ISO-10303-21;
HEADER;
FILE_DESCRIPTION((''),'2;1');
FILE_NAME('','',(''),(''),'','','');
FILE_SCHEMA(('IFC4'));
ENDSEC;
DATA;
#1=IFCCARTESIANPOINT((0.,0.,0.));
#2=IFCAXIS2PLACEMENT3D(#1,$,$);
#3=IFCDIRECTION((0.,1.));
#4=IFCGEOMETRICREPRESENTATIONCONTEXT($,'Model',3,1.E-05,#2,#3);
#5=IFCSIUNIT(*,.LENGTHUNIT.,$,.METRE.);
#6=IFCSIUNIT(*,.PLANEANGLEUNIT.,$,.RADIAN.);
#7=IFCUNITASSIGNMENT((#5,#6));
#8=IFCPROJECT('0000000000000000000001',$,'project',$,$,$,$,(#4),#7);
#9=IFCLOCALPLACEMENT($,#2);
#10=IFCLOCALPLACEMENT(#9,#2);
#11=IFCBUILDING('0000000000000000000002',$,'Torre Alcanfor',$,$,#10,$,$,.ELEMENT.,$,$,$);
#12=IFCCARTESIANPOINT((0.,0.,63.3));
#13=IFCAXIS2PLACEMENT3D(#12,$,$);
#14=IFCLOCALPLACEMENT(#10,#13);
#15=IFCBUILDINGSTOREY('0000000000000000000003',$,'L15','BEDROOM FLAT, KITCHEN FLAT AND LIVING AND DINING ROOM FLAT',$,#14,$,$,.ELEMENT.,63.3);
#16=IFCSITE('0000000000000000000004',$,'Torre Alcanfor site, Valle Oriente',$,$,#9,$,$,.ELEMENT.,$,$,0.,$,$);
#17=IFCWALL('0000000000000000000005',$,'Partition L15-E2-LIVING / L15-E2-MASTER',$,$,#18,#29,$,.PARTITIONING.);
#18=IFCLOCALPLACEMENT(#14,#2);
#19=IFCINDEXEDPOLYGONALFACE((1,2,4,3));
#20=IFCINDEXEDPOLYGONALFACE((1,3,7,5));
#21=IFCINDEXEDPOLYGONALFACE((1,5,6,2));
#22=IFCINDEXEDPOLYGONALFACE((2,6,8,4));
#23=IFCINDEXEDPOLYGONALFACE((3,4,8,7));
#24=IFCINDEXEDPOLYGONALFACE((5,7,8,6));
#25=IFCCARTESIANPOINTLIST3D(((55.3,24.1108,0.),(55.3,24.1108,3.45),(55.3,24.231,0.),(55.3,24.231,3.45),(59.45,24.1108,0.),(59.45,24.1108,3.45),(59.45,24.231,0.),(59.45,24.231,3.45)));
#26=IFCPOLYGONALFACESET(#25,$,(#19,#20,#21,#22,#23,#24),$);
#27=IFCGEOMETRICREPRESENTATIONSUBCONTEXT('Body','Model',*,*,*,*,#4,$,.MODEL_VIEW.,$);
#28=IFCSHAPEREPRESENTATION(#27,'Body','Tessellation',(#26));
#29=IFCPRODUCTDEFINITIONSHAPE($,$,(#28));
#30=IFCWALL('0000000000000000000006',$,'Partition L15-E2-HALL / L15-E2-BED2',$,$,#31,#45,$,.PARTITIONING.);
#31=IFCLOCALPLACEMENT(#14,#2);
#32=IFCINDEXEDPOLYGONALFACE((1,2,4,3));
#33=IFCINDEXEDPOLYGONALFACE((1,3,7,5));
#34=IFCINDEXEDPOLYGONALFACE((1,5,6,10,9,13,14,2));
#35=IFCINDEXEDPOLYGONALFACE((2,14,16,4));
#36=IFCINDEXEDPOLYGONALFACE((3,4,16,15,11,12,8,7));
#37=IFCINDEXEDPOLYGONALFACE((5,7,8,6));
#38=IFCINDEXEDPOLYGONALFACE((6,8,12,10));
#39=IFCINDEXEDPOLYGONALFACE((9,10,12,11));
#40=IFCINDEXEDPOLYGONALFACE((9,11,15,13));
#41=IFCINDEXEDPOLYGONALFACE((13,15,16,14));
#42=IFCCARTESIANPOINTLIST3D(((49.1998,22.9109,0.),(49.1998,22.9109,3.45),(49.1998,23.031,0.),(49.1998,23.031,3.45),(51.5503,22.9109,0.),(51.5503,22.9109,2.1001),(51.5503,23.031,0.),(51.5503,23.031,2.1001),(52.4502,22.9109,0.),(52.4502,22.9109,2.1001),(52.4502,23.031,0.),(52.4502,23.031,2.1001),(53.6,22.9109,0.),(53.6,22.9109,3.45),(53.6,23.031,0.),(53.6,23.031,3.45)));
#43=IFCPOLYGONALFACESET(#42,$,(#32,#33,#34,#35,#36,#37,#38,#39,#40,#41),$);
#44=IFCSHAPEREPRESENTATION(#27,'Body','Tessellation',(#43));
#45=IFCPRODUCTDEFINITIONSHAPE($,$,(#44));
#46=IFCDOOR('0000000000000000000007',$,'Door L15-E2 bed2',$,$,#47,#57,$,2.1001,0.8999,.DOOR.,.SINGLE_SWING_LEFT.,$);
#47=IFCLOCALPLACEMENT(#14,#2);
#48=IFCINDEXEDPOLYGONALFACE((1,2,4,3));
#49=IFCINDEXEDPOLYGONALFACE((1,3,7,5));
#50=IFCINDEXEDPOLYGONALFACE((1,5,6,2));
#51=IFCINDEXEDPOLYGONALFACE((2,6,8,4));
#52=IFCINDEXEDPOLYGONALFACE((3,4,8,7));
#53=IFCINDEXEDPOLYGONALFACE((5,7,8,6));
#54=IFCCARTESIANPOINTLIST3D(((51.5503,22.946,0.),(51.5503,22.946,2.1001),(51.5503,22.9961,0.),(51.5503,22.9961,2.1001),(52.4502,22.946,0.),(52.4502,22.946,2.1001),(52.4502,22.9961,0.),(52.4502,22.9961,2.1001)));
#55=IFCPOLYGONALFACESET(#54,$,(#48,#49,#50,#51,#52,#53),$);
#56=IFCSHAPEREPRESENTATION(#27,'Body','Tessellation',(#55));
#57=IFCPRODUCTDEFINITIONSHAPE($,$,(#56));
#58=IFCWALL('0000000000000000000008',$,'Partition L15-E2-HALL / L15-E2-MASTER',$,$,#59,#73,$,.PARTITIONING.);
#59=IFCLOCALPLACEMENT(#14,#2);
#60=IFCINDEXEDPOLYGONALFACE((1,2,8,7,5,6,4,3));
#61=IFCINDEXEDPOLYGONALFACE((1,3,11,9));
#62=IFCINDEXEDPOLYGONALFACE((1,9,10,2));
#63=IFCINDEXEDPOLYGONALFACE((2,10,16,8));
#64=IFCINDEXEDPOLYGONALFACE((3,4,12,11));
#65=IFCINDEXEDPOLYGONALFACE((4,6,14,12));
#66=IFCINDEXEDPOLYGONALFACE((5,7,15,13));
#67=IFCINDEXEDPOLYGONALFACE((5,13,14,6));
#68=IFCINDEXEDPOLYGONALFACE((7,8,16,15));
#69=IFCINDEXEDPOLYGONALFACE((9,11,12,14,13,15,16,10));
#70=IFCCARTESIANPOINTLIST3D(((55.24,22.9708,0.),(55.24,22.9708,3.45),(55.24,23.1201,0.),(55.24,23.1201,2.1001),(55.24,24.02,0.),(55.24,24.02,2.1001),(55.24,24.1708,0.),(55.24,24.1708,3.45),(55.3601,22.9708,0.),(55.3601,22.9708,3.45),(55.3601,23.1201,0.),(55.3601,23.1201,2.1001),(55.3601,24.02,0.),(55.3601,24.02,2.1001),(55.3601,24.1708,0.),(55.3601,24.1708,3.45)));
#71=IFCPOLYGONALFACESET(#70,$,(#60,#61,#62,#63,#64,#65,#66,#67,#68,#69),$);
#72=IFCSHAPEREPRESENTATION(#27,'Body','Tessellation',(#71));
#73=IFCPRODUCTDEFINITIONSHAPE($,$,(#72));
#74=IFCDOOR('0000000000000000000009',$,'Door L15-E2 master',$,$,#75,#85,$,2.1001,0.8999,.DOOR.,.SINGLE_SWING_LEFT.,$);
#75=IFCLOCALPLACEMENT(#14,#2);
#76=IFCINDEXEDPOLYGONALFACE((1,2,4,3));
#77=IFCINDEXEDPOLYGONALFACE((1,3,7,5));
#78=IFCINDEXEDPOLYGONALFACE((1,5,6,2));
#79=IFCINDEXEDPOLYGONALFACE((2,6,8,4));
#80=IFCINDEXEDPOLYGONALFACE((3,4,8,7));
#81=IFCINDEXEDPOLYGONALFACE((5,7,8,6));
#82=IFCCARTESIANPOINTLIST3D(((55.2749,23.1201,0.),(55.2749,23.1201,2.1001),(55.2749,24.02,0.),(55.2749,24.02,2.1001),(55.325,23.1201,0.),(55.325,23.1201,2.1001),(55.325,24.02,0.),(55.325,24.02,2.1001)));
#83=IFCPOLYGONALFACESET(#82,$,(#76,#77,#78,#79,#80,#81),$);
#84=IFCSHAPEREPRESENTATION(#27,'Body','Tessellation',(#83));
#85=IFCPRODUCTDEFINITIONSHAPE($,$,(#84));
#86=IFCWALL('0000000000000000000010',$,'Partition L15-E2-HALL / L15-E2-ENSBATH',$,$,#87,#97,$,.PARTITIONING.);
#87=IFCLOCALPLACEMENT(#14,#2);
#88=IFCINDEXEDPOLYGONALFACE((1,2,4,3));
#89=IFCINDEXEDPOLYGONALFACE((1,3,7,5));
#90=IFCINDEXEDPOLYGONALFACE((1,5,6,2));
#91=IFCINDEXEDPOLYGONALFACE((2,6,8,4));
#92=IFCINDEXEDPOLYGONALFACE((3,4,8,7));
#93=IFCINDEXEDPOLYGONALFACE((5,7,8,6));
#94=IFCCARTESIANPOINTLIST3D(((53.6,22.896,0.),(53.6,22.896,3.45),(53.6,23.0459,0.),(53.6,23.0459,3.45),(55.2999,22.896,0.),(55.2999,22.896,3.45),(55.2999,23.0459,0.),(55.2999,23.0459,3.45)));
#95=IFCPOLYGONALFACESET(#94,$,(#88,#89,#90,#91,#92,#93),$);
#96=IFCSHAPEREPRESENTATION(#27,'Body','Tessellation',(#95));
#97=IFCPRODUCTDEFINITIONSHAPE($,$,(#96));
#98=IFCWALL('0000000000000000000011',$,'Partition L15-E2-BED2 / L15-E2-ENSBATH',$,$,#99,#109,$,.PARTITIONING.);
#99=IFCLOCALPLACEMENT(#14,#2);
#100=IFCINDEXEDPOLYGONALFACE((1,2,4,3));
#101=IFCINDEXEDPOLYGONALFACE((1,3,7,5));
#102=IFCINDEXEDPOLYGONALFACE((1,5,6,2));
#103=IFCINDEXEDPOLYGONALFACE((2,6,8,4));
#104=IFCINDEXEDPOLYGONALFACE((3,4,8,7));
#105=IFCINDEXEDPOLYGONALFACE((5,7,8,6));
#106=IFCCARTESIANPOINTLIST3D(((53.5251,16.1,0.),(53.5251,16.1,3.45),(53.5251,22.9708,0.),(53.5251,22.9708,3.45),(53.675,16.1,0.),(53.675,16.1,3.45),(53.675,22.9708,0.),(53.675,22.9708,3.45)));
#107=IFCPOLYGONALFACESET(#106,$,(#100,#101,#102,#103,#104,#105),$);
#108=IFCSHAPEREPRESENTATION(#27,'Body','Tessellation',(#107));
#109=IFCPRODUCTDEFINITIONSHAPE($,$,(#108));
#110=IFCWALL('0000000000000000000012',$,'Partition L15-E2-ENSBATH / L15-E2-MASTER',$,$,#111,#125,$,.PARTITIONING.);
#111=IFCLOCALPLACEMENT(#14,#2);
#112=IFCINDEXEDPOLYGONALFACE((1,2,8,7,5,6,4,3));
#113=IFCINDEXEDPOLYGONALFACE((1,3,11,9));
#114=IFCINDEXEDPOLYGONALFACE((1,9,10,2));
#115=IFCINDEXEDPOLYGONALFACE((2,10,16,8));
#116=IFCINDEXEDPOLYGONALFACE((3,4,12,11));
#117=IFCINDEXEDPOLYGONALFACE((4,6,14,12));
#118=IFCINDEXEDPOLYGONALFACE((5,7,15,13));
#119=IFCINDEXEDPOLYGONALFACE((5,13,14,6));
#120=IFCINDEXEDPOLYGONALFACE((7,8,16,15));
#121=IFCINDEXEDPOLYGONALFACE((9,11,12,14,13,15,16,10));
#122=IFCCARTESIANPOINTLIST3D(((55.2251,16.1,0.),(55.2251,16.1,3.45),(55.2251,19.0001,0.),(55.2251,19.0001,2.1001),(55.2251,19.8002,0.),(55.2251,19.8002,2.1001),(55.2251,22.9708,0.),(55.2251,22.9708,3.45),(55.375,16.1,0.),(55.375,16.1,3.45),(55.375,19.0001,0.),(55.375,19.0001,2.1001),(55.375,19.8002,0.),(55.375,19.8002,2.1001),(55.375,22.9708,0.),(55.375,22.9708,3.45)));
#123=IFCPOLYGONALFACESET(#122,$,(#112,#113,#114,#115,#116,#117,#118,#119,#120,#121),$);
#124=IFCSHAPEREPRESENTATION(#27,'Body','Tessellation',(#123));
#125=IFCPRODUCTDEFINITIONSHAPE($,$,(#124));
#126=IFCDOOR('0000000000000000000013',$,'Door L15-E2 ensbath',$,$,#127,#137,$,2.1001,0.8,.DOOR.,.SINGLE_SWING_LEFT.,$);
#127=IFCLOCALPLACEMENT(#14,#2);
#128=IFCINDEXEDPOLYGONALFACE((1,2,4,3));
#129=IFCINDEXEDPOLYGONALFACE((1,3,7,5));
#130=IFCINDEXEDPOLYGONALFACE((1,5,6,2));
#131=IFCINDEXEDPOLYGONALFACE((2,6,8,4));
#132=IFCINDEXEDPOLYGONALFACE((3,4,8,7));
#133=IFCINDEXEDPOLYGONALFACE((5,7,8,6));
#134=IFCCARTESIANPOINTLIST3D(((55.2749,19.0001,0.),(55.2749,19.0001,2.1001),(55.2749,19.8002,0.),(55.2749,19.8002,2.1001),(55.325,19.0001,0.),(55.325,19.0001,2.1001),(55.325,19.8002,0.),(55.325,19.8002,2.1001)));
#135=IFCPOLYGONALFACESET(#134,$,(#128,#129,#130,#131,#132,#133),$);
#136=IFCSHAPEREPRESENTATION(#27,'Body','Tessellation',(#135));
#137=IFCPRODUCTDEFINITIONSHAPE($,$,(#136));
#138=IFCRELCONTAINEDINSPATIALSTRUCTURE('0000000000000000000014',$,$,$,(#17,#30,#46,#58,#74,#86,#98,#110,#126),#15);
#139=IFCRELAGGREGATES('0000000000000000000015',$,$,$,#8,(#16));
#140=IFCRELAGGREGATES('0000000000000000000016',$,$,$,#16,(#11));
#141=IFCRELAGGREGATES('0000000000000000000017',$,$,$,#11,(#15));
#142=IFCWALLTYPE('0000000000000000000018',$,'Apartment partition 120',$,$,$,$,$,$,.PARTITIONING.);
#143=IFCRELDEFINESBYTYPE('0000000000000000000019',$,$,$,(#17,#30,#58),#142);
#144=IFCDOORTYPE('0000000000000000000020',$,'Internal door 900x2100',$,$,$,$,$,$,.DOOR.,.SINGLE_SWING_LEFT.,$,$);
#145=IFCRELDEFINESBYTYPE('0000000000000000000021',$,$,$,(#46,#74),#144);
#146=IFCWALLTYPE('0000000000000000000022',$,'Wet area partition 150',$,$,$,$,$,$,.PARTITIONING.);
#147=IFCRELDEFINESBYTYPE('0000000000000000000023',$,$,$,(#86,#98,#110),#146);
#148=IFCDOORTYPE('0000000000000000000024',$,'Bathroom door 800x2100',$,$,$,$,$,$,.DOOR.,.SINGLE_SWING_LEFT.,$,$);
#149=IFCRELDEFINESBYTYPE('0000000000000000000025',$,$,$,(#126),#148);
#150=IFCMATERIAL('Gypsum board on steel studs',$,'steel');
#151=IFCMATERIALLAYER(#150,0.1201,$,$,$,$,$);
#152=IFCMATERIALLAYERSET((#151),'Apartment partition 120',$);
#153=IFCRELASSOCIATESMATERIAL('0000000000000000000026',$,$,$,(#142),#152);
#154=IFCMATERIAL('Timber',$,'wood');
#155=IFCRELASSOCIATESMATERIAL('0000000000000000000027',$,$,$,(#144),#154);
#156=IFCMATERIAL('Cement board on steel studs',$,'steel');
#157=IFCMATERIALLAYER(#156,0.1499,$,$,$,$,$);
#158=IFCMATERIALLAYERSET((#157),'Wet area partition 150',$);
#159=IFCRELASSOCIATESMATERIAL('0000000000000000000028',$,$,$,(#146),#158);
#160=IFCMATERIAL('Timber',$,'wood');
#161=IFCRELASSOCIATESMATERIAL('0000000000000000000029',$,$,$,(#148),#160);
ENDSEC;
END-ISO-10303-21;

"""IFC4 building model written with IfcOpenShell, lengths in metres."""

from ifc_helpers import new_model, si_unit, direction, frame, frame_2d, origin, place, context, subcontext, project, spatial, rectangle, extrude, material, layer, layer_set, type_object, element, fill, save


model = new_model("IFC4")

# Units and contexts
model_context = context("Model", 3, precision=1e-05, world=origin(), true_north=direction((0.0, 1.0)))
body_context = subcontext(model_context, "Body", "Model", "MODEL_VIEW")
ifc_project = project(units=[si_unit("LENGTHUNIT", "METRE"), si_unit("PLANEANGLEUNIT", "RADIAN")], contexts=[model_context])

# Site, building, storey
site_placement = place(None, origin())
site = spatial("IfcSite", under=ifc_project, at=site_placement, Name="Torre Alcanfor site, Valle Oriente", CompositionType="ELEMENT", RefElevation=0.0)
building_placement = place(site_placement, origin())
building = spatial("IfcBuilding", under=site, at=building_placement, Name="Torre Alcanfor", CompositionType="ELEMENT")
storey_placement = place(building_placement, frame((0.0, 0.0, 63.3)))
storey = spatial("IfcBuildingStorey", under=building, at=storey_placement, Name="L15", Description="BEDROOM FLAT, KITCHEN FLAT AND LIVING AND DINING ROOM FLAT", CompositionType="ELEMENT", Elevation=63.3)

# Shared definitions
ifc_material_1 = material(Name="Gypsum board on steel studs", Category="steel")
ifc_layer_1 = layer(ifc_material_1, 0.1201)
ifc_layer_set_1 = layer_set([ifc_layer_1], Name="Apartment partition 120")
wall_type_1 = type_object("IfcWallType", Name="Apartment partition 120", PredefinedType="PARTITIONING", material=ifc_layer_set_1)

# Shared definitions
ifc_material_2 = material(Name="Timber", Category="wood")
door_type_1 = type_object("IfcDoorType", Name="Internal door 900x2100", OperationType="SINGLE_SWING_LEFT", PredefinedType="DOOR", material=ifc_material_2)

# Wall
wall_1_placement = place(storey_placement, frame((59.45, 24.1709, 0.0), z_axis=(0.0, 0.0, 1.0), x_axis=(-1.0, 0.0, 0.0)))
element("IfcWall", 1, at=wall_1_placement, inside=storey, type_object=wall_type_1, Name="Partition L15-E2-LIVING / L15-E2-MASTER", PredefinedType="PARTITIONING", context=body_context, shape_type="SweptSolid", body=[
    extrude(rectangle(XDim=4.1499, YDim=0.1201, at=frame_2d((2.075, 0.0))), origin(), (0.0, 0.0, 1.0), 3.45),
])

# Walls, openings, doors
wall_2_placement = place(storey_placement, frame((53.6001, 22.9709, 0.0), z_axis=(0.0, 0.0, 1.0), x_axis=(-1.0, 0.0, 0.0)))
wall_2 = element("IfcWall", 2, at=wall_2_placement, inside=storey, type_object=wall_type_1, Name="Partition L15-E2-HALL / L15-E2-BED2", PredefinedType="PARTITIONING", context=body_context, shape_type="SweptSolid", body=[
    extrude(rectangle(XDim=4.4001, YDim=0.1201, at=frame_2d((2.2002, 0.0))), origin(), (0.0, 0.0, 1.0), 3.45),
])
opening_1_placement = place(wall_2_placement, frame((1.1499, 0.0, 0.0)))
opening_1 = element("IfcOpeningElement", 3, at=opening_1_placement, cuts=wall_2, PredefinedType="OPENING", context=body_context, shape_type="SweptSolid", body=[
    extrude(rectangle(XDim=0.8999, YDim=2.1001, at=frame_2d((0.45, 1.05))), frame((0.0, 0.0701, 0.0), z_axis=(0.0, -1.0, 0.0), x_axis=(1.0, 0.0, 0.0)), (0.0, 0.0, 1.0), 0.1401),
])
door_1_placement = place(opening_1_placement, origin())
door_1 = element("IfcDoor", 4, at=door_1_placement, inside=storey, type_object=door_type_1, Name="Door L15-E2 bed2", OperationType="SINGLE_SWING_LEFT", OverallHeight=2.1001, OverallWidth=0.8999, PredefinedType="DOOR", context=body_context, shape_type="SweptSolid", body=[
    extrude(rectangle(XDim=0.8999, YDim=2.1001, at=frame_2d((0.45, 1.05))), frame((0.0, 0.0249, 0.0), z_axis=(0.0, -1.0, 0.0), x_axis=(1.0, 0.0, 0.0)), (0.0, 0.0, 1.0), 0.05),
])
fill(opening_1, door_1)
wall_3_placement = place(storey_placement, frame((55.3, 24.1709, 0.0), z_axis=(0.0, 0.0, 1.0), x_axis=(0.0, -1.0, 0.0)))
wall_3 = element("IfcWall", 5, at=wall_3_placement, inside=storey, type_object=wall_type_1, Name="Partition L15-E2-HALL / L15-E2-MASTER", PredefinedType="PARTITIONING", context=body_context, shape_type="SweptSolid", body=[
    extrude(rectangle(XDim=1.2, YDim=0.1201, at=frame_2d((0.6001, 0.0))), origin(), (0.0, 0.0, 1.0), 3.45),
])
opening_2_placement = place(wall_3_placement, frame((0.1509, 0.0, 0.0)))
opening_2 = element("IfcOpeningElement", 6, at=opening_2_placement, cuts=wall_3, PredefinedType="OPENING", context=body_context, shape_type="SweptSolid", body=[
    extrude(rectangle(XDim=0.8999, YDim=2.1001, at=frame_2d((0.45, 1.05))), frame((0.0, 0.0701, 0.0), z_axis=(0.0, -1.0, 0.0), x_axis=(1.0, 0.0, 0.0)), (0.0, 0.0, 1.0), 0.1401),
])
door_2_placement = place(opening_2_placement, origin())
door_2 = element("IfcDoor", 7, at=door_2_placement, inside=storey, type_object=door_type_1, Name="Door L15-E2 master", OperationType="SINGLE_SWING_LEFT", OverallHeight=2.1001, OverallWidth=0.8999, PredefinedType="DOOR", context=body_context, shape_type="SweptSolid", body=[
    extrude(rectangle(XDim=0.8999, YDim=2.1001, at=frame_2d((0.45, 1.05))), frame((0.0, 0.0249, 0.0), z_axis=(0.0, -1.0, 0.0), x_axis=(1.0, 0.0, 0.0)), (0.0, 0.0, 1.0), 0.05),
])
fill(opening_2, door_2)

# Walls
ifc_material_3 = material(Name="Cement board on steel studs", Category="steel")
ifc_layer_2 = layer(ifc_material_3, 0.1499)
ifc_layer_set_2 = layer_set([ifc_layer_2], Name="Wet area partition 150")
wall_type_2 = type_object("IfcWallType", Name="Wet area partition 150", PredefinedType="PARTITIONING", material=ifc_layer_set_2)
wall_4_placement = place(storey_placement, frame((55.3, 22.9709, 0.0), z_axis=(0.0, 0.0, 1.0), x_axis=(-1.0, 0.0, 0.0)))
element("IfcWall", 8, at=wall_4_placement, inside=storey, type_object=wall_type_2, Name="Partition L15-E2-HALL / L15-E2-ENSBATH", PredefinedType="PARTITIONING", context=body_context, shape_type="SweptSolid", body=[
    extrude(rectangle(XDim=1.7, YDim=0.1499, at=frame_2d((0.8501, 0.0))), origin(), (0.0, 0.0, 1.0), 3.45),
])
wall_5_placement = place(storey_placement, frame((53.6001, 22.9709, 0.0), z_axis=(0.0, 0.0, 1.0), x_axis=(0.0, -1.0, 0.0)))
element("IfcWall", 9, at=wall_5_placement, inside=storey, type_object=wall_type_2, Name="Partition L15-E2-BED2 / L15-E2-ENSBATH", PredefinedType="PARTITIONING", context=body_context, shape_type="SweptSolid", body=[
    extrude(rectangle(XDim=6.8708, YDim=0.1499, at=frame_2d((3.4355, 0.0))), origin(), (0.0, 0.0, 1.0), 3.45),
])

# Wall, opening, door
wall_6_placement = place(storey_placement, frame((55.3, 22.9709, 0.0), z_axis=(0.0, 0.0, 1.0), x_axis=(0.0, -1.0, 0.0)))
wall_6 = element("IfcWall", 10, at=wall_6_placement, inside=storey, type_object=wall_type_2, Name="Partition L15-E2-ENSBATH / L15-E2-MASTER", PredefinedType="PARTITIONING", context=body_context, shape_type="SweptSolid", body=[
    extrude(rectangle(XDim=6.8708, YDim=0.1499, at=frame_2d((3.4355, 0.0))), origin(), (0.0, 0.0, 1.0), 3.45),
])
opening_3_placement = place(wall_6_placement, frame((3.1709, 0.0, 0.0)))
opening_3 = element("IfcOpeningElement", 11, at=opening_3_placement, cuts=wall_6, PredefinedType="OPENING", context=body_context, shape_type="SweptSolid", body=[
    extrude(rectangle(XDim=0.8, YDim=2.1001, at=frame_2d((0.3999, 1.05))), frame((0.0, 0.085, 0.0), z_axis=(0.0, -1.0, 0.0), x_axis=(1.0, 0.0, 0.0)), (0.0, 0.0, 1.0), 0.1699),
])
ifc_material_4 = material(Name="Timber", Category="wood")
door_type_2 = type_object("IfcDoorType", Name="Bathroom door 800x2100", OperationType="SINGLE_SWING_LEFT", PredefinedType="DOOR", material=ifc_material_4)
door_3_placement = place(opening_3_placement, frame((0.8, 0.0, 0.0), z_axis=(0.0, 0.0, 1.0), x_axis=(-1.0, 0.0, 0.0)))
door_3 = element("IfcDoor", 12, at=door_3_placement, inside=storey, type_object=door_type_2, Name="Door L15-E2 ensbath", OperationType="SINGLE_SWING_LEFT", OverallHeight=2.1001, OverallWidth=0.8, PredefinedType="DOOR", context=body_context, shape_type="SweptSolid", body=[
    extrude(rectangle(XDim=0.8, YDim=2.1001, at=frame_2d((0.4001, 1.05))), frame((0.0, 0.0251, 0.0), z_axis=(0.0, -1.0, 0.0), x_axis=(1.0, 0.0, 0.0)), (0.0, 0.0, 1.0), 0.05),
])
fill(opening_3, door_3)

save(model, "model.ifc")
